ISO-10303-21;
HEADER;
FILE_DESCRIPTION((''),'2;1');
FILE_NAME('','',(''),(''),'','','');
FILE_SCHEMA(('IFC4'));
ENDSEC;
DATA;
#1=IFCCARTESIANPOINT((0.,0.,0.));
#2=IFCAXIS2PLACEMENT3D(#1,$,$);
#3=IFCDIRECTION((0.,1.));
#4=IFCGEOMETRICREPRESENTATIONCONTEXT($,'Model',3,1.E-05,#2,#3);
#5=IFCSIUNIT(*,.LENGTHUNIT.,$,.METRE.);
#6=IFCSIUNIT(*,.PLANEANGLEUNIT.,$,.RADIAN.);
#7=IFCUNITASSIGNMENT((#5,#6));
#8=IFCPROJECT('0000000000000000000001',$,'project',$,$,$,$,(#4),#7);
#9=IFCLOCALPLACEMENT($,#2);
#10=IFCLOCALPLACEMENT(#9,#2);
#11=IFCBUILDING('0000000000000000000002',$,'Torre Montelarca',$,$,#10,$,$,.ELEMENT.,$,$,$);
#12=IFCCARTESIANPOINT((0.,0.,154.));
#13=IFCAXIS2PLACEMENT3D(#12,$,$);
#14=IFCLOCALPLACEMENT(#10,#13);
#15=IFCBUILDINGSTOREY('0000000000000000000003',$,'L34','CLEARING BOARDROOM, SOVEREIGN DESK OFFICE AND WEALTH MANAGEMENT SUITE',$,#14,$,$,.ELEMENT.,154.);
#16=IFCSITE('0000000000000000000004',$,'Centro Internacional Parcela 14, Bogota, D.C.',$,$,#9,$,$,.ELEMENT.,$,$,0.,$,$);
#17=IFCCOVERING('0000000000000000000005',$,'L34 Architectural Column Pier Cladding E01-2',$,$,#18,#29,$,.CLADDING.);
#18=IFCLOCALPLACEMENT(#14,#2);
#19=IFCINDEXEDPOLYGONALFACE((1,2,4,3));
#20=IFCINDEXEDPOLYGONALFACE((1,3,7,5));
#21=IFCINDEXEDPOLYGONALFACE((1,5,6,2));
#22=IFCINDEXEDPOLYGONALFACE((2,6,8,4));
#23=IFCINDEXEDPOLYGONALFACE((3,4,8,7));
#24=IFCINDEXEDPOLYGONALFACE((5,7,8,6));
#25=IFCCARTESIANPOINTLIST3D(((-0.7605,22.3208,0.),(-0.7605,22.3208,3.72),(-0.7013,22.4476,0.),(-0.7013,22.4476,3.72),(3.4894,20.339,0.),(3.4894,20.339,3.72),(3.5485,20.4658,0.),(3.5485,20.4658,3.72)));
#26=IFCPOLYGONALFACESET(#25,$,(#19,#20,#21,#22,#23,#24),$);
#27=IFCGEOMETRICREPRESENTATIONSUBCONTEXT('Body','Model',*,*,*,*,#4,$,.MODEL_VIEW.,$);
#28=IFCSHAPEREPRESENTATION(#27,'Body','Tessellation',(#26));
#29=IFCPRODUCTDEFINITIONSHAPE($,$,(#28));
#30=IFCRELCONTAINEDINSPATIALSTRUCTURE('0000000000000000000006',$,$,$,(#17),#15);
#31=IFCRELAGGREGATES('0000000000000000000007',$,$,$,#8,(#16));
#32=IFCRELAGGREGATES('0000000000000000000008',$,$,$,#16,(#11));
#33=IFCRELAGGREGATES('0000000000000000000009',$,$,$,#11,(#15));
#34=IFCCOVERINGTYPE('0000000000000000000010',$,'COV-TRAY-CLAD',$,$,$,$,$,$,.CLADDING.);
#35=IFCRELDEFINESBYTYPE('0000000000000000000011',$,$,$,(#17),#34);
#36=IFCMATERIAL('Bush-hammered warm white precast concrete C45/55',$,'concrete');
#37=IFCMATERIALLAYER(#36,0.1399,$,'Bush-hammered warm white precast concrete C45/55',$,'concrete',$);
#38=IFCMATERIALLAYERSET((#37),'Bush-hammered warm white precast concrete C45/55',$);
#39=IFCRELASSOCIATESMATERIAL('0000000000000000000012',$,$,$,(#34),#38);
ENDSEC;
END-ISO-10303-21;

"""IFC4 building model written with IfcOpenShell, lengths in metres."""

from ifc_helpers import new_model, si_unit, direction, frame, origin, origin_2d, place, context, subcontext, project, spatial, rectangle, extrude, source, transform, mapped, material, layer, layer_set, type_object, element, save


model = new_model("IFC4")

# Units and contexts
model_context = context("Model", 3, precision=1e-05, world=origin(), true_north=direction((0.0, 1.0)))
body_context = subcontext(model_context, "Body", "Model", "MODEL_VIEW")
ifc_project = project(units=[si_unit("LENGTHUNIT", "METRE"), si_unit("PLANEANGLEUNIT", "RADIAN")], contexts=[model_context])

# Site, building, storey
site_placement = place(None, origin())
site = spatial("IfcSite", under=ifc_project, at=site_placement, Name="Centro Internacional Parcela 14, Bogota, D.C.", CompositionType="ELEMENT", RefElevation=0.0)
building_placement = place(site_placement, origin())
building = spatial("IfcBuilding", under=site, at=building_placement, Name="Torre Montelarca", CompositionType="ELEMENT")
storey_placement = place(building_placement, frame((0.0, 0.0, 154.0)))
storey = spatial("IfcBuildingStorey", under=building, at=storey_placement, Name="L34", Description="CLEARING BOARDROOM, SOVEREIGN DESK OFFICE AND WEALTH MANAGEMENT SUITE", CompositionType="ELEMENT", Elevation=154.0)

# Covering
ifc_material_1 = material(Name="Bush-hammered warm white precast concrete C45/55", Category="concrete")
ifc_layer_1 = layer(ifc_material_1, 0.1399, Name="Bush-hammered warm white precast concrete C45/55", Category="concrete")
ifc_layer_set_1 = layer_set([ifc_layer_1], Name="Bush-hammered warm white precast concrete C45/55")
covering_type = type_object("IfcCoveringType", Name="COV-TRAY-CLAD", PredefinedType="CLADDING", material=ifc_layer_set_1)
shared_shape_1 = source(origin(), body_context, "Body", "SweptSolid", [
    extrude(rectangle(XDim=4.6892, YDim=0.1399, at=origin_2d()), origin(), (0.0, 0.0, 1.0), 3.72),
])
covering_1_placement = place(storey_placement, frame((1.394, 21.3933, 0.0), z_axis=(0.0, 0.0, 1.0), x_axis=(0.906309, -0.422617, 0.0)))
element("IfcCovering", 1, at=covering_1_placement, inside=storey, type_object=covering_type, Name="L34 Architectural Column Pier Cladding E01-2", PredefinedType="CLADDING", context=body_context, shape_type="MappedRepresentation", body=[
    mapped(shared_shape_1, transform((0.0, 0.0, 0.0), scale=1.0)),
])

save(model, "model.ifc")
